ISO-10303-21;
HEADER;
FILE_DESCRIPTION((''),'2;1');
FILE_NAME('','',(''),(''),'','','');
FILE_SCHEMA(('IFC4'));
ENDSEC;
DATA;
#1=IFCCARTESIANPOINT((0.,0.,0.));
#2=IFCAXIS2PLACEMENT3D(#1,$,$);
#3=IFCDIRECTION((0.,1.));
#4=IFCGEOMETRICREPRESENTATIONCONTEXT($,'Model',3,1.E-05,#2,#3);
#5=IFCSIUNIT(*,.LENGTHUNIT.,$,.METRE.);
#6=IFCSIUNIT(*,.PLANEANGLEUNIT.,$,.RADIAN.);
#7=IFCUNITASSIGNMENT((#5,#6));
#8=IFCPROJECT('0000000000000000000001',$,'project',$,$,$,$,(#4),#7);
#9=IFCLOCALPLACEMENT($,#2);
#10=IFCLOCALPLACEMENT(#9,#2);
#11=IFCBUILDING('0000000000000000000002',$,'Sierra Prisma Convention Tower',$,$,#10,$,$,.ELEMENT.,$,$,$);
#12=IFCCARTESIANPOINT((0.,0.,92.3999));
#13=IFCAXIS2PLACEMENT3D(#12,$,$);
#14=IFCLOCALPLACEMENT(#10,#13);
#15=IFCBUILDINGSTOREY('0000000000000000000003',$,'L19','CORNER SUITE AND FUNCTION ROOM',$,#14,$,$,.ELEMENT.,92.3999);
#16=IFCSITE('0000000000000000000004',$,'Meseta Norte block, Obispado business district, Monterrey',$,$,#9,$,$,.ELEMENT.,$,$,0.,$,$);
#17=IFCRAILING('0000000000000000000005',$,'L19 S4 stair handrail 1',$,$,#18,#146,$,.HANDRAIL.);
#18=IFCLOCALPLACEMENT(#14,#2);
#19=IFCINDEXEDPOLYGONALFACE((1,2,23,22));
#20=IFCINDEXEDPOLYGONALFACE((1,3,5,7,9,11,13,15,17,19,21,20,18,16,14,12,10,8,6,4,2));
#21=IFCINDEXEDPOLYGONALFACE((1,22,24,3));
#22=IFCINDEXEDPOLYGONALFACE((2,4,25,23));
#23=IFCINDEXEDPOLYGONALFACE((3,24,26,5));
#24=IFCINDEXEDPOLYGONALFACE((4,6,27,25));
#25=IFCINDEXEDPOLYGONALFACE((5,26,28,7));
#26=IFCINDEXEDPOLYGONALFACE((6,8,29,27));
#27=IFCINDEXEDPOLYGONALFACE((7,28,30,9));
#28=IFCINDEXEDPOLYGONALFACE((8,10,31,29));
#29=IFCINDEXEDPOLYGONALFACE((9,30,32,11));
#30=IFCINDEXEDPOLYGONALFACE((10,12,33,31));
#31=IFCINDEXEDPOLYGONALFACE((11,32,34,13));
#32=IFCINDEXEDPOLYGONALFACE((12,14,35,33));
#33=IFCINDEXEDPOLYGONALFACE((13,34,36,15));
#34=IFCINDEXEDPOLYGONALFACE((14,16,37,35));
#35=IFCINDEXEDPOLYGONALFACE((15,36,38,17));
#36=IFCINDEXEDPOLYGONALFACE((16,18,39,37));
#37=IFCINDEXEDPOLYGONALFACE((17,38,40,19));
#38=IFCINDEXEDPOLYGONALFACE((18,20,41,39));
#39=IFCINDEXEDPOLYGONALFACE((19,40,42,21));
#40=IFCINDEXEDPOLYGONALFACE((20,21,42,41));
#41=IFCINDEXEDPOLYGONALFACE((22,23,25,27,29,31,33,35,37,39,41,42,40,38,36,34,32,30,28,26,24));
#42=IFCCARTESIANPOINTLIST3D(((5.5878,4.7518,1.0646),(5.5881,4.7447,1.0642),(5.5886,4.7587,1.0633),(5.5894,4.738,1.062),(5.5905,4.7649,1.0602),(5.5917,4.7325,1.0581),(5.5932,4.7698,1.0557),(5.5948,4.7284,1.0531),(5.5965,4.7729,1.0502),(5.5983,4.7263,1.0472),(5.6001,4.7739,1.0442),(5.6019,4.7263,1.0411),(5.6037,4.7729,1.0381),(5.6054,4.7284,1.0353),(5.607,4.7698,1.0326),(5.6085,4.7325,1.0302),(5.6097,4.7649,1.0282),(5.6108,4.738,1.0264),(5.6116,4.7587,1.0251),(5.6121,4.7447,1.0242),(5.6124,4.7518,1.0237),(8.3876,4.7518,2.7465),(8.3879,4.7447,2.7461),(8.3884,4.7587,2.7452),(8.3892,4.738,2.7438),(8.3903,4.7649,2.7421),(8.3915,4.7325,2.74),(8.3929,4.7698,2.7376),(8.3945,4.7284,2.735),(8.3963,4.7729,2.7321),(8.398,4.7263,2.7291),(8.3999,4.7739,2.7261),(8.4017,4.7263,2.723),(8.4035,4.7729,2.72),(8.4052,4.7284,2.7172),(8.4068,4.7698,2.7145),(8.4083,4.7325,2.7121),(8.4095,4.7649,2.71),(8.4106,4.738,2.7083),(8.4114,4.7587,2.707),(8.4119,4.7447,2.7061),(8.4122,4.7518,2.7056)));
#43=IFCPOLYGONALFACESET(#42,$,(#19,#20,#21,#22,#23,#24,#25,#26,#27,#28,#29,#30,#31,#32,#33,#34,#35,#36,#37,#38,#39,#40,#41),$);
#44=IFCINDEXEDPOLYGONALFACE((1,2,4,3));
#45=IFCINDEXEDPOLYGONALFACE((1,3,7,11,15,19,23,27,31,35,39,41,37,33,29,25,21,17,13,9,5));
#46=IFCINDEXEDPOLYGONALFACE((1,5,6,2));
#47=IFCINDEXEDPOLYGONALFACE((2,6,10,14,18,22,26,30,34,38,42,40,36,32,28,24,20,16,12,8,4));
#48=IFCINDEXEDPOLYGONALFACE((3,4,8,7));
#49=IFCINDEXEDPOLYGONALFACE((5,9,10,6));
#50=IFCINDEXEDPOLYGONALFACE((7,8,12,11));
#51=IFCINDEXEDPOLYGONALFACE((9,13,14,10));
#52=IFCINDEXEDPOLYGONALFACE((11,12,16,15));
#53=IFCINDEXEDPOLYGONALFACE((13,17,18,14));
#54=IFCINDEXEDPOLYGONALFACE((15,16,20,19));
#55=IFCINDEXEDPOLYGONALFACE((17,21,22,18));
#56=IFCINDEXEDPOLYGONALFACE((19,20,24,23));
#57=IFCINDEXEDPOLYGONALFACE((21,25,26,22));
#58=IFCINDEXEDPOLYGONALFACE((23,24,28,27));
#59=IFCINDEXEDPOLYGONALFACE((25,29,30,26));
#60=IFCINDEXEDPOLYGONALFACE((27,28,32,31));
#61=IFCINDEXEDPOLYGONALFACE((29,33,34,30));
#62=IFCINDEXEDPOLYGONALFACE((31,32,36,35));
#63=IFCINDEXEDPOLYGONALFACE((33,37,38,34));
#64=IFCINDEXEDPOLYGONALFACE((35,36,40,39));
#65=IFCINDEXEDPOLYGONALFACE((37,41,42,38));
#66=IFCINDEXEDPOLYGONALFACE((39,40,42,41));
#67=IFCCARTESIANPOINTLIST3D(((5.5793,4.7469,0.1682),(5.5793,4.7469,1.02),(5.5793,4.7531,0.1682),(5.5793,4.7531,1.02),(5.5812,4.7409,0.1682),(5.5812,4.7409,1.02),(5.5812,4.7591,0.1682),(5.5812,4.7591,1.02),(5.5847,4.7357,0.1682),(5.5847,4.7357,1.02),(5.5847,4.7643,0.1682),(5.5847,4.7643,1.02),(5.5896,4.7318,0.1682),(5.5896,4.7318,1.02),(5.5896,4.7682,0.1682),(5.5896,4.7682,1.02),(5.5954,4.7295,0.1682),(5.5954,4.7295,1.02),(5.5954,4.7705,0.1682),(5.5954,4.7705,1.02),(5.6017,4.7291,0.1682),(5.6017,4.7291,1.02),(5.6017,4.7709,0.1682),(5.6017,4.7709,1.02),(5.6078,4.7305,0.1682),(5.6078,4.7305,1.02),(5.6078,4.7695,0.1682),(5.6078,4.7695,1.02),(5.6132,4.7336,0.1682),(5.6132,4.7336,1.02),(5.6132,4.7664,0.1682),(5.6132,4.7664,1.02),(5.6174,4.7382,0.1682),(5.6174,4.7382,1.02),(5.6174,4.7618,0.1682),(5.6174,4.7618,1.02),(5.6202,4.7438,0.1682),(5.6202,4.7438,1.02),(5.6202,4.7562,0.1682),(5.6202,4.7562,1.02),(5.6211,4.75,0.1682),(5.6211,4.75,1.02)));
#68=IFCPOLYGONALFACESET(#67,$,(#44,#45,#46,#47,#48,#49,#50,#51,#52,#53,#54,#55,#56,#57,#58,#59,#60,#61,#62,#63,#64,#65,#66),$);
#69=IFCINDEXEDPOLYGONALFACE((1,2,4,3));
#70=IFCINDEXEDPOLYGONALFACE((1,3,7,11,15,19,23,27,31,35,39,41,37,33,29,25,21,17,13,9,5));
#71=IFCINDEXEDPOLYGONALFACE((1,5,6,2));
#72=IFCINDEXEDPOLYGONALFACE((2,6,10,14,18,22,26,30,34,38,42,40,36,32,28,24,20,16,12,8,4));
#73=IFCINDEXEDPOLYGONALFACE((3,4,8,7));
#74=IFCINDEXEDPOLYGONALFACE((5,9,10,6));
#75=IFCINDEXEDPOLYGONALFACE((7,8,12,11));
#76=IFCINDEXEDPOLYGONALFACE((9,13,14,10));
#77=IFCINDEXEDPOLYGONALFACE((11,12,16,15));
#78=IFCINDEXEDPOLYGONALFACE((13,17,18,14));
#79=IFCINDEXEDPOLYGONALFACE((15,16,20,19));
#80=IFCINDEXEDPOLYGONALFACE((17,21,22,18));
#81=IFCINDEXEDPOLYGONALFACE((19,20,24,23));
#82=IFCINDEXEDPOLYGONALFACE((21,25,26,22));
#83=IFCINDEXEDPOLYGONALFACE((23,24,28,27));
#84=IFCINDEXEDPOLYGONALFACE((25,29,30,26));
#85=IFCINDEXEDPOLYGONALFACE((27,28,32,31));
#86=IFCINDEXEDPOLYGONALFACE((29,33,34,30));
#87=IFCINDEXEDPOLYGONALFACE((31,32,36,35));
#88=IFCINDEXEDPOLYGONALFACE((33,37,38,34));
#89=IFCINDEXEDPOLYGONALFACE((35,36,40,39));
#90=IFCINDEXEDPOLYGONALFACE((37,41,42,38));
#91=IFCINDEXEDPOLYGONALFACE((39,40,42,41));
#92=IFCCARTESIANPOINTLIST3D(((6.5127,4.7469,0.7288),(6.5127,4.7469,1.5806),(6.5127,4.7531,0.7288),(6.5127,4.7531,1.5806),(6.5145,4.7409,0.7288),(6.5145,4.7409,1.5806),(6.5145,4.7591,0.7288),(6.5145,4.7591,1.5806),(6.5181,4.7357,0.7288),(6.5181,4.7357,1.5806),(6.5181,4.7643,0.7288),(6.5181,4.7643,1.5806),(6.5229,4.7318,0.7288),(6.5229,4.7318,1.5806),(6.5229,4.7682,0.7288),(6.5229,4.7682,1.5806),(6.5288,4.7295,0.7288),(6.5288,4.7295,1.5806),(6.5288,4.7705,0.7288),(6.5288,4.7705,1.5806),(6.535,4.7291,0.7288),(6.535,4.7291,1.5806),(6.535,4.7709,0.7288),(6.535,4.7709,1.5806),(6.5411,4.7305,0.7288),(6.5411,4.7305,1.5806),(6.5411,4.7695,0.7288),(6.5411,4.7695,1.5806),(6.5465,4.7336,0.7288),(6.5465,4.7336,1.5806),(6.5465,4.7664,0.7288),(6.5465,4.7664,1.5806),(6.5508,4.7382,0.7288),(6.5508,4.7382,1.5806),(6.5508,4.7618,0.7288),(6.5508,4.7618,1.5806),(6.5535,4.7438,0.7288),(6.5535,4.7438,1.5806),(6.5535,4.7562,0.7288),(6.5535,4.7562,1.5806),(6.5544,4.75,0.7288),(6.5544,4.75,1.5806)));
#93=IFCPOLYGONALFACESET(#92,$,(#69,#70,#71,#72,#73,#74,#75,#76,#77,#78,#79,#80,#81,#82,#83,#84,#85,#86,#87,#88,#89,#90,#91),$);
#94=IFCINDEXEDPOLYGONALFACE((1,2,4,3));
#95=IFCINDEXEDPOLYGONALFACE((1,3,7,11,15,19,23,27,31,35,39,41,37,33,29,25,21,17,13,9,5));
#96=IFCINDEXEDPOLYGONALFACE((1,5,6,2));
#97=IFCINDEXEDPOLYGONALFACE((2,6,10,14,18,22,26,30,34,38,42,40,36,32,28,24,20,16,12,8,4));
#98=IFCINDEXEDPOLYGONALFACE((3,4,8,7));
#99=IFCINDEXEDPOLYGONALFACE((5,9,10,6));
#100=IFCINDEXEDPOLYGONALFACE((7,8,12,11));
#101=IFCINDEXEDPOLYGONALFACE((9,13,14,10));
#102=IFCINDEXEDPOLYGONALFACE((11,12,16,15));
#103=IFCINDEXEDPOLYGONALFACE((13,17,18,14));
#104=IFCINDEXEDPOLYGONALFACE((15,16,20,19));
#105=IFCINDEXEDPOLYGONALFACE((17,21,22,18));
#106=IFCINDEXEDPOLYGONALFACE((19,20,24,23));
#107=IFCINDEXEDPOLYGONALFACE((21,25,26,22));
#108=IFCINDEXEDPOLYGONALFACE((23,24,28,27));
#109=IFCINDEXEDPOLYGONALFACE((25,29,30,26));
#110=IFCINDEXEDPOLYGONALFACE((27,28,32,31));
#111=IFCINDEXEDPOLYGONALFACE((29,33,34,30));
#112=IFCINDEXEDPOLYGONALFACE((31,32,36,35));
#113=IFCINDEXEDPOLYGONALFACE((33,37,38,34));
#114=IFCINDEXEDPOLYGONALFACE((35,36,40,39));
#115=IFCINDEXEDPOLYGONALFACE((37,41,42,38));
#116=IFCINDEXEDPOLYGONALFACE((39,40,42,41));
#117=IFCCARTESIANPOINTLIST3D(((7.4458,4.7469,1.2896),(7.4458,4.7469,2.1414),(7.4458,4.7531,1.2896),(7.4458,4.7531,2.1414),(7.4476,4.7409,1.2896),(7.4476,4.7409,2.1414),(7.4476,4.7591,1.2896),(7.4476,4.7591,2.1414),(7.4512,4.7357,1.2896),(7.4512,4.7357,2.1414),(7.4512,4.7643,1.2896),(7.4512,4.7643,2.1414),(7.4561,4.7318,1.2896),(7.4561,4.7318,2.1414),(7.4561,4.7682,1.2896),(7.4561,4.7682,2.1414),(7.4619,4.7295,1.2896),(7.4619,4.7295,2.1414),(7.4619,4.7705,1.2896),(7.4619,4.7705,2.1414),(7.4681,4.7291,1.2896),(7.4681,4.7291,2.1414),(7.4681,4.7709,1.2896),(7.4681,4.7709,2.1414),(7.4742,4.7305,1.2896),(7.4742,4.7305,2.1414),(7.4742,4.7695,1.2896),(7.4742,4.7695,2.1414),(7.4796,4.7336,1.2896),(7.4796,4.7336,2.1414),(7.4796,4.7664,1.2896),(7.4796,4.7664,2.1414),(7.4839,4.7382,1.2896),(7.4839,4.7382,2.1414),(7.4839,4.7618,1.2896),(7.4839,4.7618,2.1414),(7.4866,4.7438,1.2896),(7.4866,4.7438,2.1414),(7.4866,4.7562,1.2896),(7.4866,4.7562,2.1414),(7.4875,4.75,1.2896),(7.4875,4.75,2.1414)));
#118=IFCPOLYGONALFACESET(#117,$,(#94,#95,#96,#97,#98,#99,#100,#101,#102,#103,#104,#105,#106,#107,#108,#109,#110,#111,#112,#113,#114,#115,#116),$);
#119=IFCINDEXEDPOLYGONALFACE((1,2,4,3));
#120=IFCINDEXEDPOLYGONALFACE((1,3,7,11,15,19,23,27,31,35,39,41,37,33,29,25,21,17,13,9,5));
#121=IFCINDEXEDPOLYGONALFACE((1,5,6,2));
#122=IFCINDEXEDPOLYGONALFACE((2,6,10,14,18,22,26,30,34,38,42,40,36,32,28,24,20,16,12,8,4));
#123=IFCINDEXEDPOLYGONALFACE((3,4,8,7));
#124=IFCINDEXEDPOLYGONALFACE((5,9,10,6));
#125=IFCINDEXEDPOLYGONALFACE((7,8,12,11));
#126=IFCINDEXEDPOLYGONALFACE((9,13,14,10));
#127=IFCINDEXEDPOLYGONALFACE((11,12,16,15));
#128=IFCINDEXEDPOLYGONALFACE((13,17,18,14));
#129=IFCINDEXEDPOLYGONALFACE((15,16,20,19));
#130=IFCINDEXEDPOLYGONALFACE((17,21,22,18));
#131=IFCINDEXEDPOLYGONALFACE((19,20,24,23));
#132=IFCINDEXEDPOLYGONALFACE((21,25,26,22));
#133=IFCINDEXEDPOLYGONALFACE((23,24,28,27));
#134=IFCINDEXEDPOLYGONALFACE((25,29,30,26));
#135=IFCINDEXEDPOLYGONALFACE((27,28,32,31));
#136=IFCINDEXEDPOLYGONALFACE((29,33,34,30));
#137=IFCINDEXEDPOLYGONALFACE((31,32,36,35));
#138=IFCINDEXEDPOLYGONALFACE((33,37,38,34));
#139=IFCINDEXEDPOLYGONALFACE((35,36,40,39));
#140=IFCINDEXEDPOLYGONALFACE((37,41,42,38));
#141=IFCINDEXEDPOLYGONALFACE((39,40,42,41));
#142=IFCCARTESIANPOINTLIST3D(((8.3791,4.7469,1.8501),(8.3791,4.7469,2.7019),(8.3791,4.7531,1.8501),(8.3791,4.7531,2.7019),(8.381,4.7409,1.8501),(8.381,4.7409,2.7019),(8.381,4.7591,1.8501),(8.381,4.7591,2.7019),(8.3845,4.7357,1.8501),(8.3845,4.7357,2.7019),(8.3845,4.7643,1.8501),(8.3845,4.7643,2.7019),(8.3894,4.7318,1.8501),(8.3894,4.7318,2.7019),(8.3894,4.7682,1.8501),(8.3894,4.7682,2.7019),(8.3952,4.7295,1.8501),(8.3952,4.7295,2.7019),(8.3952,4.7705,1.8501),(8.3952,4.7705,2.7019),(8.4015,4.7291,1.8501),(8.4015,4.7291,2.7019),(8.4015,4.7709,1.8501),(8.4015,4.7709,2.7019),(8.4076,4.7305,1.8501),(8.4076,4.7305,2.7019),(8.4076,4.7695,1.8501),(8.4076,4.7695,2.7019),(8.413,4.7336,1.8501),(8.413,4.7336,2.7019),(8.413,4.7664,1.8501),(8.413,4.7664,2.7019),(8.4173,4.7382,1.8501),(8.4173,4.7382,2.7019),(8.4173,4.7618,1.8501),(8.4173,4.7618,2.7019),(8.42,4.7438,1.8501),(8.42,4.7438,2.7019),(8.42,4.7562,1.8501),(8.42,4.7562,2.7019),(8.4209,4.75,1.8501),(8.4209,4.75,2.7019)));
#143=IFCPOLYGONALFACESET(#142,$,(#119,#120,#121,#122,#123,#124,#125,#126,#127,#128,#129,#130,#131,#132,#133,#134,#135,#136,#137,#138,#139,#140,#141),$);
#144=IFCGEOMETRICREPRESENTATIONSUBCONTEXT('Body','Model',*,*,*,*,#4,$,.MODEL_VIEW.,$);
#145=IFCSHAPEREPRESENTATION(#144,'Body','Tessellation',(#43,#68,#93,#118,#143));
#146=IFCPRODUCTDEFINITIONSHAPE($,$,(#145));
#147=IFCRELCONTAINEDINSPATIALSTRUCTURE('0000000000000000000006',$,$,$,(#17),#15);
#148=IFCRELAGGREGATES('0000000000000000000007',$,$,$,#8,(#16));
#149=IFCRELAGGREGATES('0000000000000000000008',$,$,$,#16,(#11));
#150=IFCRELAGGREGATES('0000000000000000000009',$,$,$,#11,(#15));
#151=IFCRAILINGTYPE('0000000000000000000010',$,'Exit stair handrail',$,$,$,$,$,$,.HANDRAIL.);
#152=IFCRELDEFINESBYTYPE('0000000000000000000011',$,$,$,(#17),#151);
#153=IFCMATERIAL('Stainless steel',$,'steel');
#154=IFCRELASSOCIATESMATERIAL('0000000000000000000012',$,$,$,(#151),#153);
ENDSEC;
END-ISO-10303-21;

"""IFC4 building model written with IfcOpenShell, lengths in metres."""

from ifc_helpers import new_model, si_unit, direction, frame, origin, origin_2d, place, context, subcontext, project, spatial, circle, extrude, material, type_object, element, save


model = new_model("IFC4")

# Units and contexts
model_context = context("Model", 3, precision=1e-05, world=origin(), true_north=direction((0.0, 1.0)))
body_context = subcontext(model_context, "Body", "Model", "MODEL_VIEW")
ifc_project = project(units=[si_unit("LENGTHUNIT", "METRE"), si_unit("PLANEANGLEUNIT", "RADIAN")], contexts=[model_context])

# Site, building, storey
site_placement = place(None, origin())
site = spatial("IfcSite", under=ifc_project, at=site_placement, Name="Meseta Norte block, Obispado business district, Monterrey", CompositionType="ELEMENT", RefElevation=0.0)
building_placement = place(site_placement, origin())
building = spatial("IfcBuilding", under=site, at=building_placement, Name="Sierra Prisma Convention Tower", CompositionType="ELEMENT")
storey_placement = place(building_placement, frame((0.0, 0.0, 92.3999)))
storey = spatial("IfcBuildingStorey", under=building, at=storey_placement, Name="L19", Description="CORNER SUITE AND FUNCTION ROOM", CompositionType="ELEMENT", Elevation=92.3999)

# Railing
ifc_material_1 = material(Name="Stainless steel", Category="steel")
railing_type_1 = type_object("IfcRailingType", Name="Exit stair handrail", PredefinedType="HANDRAIL", material=ifc_material_1)
railing_1_placement = place(storey_placement, frame((5.6001, 4.75, 0.1682)))
element("IfcRailing", 1, at=railing_1_placement, inside=storey, type_object=railing_type_1, Name="L19 S4 stair handrail 1", PredefinedType="HANDRAIL", context=body_context, shape_type="SweptSolid", body=[
    extrude(circle(Radius=0.0239, at=origin_2d()), frame((0.0, 0.0, 0.876), z_axis=(0.857222, 0.0, 0.514946), x_axis=(0.0, 1.0, 0.0)), (0.0, 0.0, 1.0), 3.2661),
    extrude(circle(Radius=0.021, at=origin_2d()), origin(), (0.0, 0.0, 1.0), 0.8518),
    extrude(circle(Radius=0.021, at=origin_2d()), frame((0.9333, 0.0, 0.5605)), (0.0, 0.0, 1.0), 0.8518),
    extrude(circle(Radius=0.021, at=origin_2d()), frame((1.8665, 0.0, 1.1213)), (0.0, 0.0, 1.0), 0.8518),
    extrude(circle(Radius=0.021, at=origin_2d()), frame((2.7998, 0.0, 1.6819)), (0.0, 0.0, 1.0), 0.8518),
])

save(model, "model.ifc")
